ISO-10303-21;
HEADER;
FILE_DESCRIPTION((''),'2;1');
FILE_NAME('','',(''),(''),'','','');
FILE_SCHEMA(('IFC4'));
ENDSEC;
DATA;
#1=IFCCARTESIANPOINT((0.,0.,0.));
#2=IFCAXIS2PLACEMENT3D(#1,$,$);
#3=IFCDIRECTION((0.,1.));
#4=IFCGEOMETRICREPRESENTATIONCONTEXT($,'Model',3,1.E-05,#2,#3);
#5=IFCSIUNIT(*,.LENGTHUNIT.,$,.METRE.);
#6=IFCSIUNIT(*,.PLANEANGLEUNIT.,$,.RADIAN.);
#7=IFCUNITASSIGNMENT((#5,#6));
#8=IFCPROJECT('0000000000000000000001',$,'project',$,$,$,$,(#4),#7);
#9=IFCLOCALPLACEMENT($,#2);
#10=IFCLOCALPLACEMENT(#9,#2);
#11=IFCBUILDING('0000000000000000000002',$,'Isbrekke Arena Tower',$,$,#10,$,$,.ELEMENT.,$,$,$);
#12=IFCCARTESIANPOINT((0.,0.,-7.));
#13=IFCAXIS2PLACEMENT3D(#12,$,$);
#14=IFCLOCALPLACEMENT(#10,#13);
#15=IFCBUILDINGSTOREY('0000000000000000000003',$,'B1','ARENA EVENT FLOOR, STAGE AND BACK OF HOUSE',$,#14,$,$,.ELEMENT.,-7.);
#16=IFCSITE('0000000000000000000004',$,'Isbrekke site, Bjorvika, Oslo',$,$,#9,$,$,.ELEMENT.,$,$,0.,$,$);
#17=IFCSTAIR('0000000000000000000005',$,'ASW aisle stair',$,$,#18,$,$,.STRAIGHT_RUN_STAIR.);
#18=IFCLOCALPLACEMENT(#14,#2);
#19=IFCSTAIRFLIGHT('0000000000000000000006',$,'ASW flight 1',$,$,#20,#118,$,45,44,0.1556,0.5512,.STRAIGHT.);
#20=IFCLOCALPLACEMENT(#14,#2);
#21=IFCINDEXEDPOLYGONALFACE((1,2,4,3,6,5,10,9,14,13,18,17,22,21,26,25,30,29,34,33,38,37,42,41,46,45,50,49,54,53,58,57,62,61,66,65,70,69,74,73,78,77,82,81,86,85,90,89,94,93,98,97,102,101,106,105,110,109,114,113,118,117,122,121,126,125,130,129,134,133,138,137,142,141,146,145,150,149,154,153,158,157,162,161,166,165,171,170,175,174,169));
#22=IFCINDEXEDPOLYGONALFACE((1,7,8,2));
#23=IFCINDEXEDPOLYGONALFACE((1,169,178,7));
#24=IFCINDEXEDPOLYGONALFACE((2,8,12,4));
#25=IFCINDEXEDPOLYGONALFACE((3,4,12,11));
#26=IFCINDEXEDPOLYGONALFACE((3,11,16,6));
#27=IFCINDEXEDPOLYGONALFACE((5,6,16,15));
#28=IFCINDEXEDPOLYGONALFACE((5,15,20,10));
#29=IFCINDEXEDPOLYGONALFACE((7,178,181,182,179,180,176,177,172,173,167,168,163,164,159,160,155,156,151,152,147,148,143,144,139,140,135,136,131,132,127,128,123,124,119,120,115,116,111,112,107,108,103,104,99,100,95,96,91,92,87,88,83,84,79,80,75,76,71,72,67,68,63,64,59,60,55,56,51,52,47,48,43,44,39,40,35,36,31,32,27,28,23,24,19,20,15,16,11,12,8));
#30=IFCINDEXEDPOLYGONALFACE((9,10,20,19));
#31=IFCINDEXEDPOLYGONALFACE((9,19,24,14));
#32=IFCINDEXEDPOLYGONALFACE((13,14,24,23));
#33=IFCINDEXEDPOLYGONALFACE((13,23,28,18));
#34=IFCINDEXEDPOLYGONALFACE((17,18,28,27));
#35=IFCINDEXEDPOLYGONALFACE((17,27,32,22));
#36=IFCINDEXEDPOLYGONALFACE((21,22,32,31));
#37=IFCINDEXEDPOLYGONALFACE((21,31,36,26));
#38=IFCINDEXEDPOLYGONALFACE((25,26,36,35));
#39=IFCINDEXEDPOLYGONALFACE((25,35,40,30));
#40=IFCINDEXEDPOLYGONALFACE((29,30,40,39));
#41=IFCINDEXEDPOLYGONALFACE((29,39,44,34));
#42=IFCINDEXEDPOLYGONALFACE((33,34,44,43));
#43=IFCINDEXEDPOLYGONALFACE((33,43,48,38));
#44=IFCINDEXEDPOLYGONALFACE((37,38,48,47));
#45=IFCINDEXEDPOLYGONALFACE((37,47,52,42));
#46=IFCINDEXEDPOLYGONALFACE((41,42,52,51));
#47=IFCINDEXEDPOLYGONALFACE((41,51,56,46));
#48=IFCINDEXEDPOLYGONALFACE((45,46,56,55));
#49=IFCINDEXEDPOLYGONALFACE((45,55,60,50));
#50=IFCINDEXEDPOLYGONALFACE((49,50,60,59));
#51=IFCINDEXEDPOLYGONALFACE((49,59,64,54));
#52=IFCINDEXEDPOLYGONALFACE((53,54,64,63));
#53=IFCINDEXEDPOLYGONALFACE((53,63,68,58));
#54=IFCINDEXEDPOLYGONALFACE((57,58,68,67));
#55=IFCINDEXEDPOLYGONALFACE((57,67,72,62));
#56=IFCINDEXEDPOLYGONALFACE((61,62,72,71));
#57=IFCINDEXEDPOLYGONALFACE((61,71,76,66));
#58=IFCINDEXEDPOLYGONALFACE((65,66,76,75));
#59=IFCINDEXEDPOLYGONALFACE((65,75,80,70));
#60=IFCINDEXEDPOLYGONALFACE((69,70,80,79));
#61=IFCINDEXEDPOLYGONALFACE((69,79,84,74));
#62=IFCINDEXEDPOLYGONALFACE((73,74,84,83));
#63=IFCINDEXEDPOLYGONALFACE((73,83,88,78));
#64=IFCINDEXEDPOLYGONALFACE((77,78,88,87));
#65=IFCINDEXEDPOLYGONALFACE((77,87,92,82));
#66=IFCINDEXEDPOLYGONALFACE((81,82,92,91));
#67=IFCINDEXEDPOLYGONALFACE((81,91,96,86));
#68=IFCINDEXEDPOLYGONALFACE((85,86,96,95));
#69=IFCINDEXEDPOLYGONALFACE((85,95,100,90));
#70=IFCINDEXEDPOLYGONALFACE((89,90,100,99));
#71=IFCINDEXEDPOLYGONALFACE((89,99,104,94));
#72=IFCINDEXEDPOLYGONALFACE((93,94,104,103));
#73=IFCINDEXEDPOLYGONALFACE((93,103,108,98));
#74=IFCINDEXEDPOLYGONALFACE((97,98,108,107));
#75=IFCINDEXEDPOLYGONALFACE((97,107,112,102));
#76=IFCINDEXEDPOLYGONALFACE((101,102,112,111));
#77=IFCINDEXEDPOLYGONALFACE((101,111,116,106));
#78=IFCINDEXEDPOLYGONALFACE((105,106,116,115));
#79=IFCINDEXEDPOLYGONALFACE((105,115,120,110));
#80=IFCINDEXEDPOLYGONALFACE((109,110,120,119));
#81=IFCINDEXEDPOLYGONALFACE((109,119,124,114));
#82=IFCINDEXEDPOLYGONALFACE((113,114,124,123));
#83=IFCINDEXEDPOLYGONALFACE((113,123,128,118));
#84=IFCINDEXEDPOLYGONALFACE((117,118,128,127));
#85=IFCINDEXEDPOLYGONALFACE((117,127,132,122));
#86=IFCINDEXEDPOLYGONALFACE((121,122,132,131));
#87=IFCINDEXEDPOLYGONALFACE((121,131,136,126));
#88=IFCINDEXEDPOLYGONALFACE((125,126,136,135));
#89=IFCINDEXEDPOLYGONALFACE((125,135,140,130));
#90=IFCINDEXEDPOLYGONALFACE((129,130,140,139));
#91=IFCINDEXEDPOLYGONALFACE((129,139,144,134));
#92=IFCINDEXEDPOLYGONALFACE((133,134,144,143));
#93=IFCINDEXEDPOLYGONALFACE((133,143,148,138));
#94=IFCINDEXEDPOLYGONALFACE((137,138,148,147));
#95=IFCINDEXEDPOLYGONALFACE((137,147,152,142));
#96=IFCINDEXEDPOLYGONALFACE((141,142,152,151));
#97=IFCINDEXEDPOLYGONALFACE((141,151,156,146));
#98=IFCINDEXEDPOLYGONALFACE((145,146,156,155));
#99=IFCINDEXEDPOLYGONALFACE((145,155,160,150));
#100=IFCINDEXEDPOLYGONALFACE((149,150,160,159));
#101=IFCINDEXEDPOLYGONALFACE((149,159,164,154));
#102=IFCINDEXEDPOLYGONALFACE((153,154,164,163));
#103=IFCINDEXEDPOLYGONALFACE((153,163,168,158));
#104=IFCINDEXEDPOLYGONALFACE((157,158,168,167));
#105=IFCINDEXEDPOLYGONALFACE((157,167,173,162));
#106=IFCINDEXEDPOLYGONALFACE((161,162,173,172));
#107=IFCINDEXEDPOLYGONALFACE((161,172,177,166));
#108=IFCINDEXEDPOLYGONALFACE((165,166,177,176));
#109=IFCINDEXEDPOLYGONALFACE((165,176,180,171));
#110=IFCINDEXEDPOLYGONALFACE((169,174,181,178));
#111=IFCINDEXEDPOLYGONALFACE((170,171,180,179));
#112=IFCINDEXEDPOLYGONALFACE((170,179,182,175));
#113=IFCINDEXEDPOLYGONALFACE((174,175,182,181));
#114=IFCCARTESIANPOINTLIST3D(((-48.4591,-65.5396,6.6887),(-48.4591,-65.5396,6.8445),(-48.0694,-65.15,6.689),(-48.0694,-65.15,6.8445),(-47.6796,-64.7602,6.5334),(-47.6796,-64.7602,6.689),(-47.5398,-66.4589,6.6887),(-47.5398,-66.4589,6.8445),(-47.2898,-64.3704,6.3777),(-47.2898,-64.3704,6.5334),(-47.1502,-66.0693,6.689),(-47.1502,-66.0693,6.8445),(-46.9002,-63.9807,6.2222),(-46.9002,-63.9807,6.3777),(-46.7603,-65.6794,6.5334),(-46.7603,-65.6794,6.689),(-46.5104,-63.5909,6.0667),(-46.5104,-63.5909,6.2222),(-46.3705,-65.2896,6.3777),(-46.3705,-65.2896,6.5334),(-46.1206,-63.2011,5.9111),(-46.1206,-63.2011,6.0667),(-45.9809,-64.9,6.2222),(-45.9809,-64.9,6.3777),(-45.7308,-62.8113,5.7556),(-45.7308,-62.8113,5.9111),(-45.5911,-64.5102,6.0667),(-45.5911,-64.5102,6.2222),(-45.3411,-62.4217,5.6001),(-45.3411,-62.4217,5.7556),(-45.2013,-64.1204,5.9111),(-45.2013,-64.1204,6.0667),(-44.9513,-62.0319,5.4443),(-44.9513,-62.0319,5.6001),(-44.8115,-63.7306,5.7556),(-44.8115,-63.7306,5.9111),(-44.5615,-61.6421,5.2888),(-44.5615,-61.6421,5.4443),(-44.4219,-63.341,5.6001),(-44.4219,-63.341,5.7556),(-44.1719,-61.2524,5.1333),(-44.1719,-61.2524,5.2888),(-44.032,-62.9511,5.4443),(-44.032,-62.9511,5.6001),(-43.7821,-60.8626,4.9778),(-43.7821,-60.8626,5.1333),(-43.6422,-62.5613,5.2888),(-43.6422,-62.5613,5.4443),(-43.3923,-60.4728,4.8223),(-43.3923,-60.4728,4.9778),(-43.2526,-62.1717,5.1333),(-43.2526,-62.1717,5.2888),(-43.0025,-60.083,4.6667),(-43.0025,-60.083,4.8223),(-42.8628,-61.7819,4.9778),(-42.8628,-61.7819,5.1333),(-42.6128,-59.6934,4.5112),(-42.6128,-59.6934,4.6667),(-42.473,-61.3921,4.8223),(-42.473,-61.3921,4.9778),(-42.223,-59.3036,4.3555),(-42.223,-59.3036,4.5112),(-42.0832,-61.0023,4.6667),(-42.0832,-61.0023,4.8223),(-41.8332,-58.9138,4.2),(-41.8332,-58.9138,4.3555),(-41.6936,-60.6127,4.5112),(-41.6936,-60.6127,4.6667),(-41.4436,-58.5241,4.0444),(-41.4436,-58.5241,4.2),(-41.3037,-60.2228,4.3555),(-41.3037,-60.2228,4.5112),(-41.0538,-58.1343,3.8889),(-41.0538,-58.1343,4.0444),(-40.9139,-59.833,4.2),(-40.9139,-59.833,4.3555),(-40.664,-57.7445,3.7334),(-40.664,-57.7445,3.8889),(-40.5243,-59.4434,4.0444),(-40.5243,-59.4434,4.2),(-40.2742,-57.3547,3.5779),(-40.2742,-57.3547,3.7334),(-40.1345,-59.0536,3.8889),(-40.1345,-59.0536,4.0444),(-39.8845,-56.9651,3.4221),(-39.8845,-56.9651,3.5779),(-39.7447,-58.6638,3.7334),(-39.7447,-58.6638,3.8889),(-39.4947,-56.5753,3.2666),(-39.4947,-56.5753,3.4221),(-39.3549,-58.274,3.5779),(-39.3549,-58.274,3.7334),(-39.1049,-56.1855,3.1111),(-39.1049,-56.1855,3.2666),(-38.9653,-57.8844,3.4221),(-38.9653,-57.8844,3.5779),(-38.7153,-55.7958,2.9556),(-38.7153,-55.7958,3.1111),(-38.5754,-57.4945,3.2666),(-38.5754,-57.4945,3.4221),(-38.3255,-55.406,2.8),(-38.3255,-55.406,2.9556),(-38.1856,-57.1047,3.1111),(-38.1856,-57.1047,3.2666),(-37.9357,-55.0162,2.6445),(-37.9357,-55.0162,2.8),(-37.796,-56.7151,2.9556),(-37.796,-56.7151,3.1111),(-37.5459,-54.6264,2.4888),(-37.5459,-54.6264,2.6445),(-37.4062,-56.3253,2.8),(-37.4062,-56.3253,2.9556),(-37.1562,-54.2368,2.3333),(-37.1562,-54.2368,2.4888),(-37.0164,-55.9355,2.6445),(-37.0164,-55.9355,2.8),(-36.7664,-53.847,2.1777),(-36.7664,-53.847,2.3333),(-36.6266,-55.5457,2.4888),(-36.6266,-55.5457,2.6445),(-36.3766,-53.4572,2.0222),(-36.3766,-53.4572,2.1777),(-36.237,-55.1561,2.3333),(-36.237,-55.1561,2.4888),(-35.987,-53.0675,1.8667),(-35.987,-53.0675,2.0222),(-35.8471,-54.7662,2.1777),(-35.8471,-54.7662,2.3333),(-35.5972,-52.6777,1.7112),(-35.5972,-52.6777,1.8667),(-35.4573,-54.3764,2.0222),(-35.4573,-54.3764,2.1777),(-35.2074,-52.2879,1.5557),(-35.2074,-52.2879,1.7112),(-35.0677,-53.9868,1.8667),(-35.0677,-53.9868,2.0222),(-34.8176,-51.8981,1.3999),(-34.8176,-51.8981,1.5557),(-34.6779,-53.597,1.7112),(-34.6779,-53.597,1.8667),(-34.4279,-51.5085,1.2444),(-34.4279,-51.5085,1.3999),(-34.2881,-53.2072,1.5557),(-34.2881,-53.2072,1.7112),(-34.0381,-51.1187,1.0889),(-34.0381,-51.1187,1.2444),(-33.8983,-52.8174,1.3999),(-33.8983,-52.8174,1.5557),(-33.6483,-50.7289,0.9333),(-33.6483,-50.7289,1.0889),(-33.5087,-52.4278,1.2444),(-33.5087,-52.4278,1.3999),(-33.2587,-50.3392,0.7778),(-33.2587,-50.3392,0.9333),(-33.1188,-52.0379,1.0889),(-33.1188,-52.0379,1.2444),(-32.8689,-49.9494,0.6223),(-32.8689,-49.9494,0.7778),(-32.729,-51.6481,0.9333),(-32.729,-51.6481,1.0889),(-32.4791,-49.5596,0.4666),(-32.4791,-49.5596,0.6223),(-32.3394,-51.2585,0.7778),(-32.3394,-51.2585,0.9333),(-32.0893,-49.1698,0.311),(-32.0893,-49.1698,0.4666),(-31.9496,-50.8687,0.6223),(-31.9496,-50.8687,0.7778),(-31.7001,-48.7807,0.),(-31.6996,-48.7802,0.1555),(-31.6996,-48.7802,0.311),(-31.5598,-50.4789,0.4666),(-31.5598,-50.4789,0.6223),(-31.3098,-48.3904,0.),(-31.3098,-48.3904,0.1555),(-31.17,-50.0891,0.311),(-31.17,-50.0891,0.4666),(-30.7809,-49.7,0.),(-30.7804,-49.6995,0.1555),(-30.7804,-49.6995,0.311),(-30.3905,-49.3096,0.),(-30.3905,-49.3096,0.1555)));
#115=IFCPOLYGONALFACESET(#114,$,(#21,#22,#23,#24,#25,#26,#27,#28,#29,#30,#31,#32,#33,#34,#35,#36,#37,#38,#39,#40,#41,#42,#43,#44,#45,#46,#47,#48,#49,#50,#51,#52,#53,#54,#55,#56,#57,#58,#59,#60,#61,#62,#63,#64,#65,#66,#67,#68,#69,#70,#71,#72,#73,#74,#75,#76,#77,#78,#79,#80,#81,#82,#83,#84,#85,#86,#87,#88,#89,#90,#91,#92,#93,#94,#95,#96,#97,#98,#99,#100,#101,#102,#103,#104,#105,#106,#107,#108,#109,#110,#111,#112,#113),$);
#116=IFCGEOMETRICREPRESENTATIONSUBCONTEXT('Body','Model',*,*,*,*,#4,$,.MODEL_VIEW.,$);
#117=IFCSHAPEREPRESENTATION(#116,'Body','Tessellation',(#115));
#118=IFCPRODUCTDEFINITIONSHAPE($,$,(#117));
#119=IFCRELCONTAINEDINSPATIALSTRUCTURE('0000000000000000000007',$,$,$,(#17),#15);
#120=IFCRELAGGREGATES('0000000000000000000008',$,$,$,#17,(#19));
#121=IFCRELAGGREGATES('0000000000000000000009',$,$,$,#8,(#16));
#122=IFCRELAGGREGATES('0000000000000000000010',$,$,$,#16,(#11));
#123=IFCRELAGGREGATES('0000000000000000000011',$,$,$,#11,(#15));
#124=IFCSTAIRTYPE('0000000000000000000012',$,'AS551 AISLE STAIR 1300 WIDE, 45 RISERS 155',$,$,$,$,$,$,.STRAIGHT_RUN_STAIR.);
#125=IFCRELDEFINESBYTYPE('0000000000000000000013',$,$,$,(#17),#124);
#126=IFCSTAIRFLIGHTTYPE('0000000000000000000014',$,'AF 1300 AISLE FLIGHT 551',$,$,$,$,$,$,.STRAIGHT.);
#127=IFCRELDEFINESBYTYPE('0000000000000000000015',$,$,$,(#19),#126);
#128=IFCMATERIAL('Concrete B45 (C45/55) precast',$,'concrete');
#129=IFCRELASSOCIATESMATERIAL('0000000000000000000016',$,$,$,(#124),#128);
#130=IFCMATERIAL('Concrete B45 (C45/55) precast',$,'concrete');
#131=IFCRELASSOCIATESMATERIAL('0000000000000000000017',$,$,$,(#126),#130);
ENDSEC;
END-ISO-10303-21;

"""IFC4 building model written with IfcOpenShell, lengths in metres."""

from ifc_helpers import new_model, si_unit, direction, frame, origin, place, context, subcontext, project, spatial, polyline, outline, extrude, material, type_object, element, aggregate, save


model = new_model("IFC4")

# Units and contexts
model_context = context("Model", 3, precision=1e-05, world=origin(), true_north=direction((0.0, 1.0)))
body_context = subcontext(model_context, "Body", "Model", "MODEL_VIEW")
ifc_project = project(units=[si_unit("LENGTHUNIT", "METRE"), si_unit("PLANEANGLEUNIT", "RADIAN")], contexts=[model_context])

# Site, building, storey
site_placement = place(None, origin())
site = spatial("IfcSite", under=ifc_project, at=site_placement, Name="Isbrekke site, Bjorvika, Oslo", CompositionType="ELEMENT", RefElevation=0.0)
building_placement = place(site_placement, origin())
building = spatial("IfcBuilding", under=site, at=building_placement, Name="Isbrekke Arena Tower", CompositionType="ELEMENT")
storey_placement = place(building_placement, frame((0.0, 0.0, -7.0)))
storey = spatial("IfcBuildingStorey", under=building, at=storey_placement, Name="B1", Description="ARENA EVENT FLOOR, STAGE AND BACK OF HOUSE", CompositionType="ELEMENT", Elevation=-7.0)

# Stair, stair flight
ifc_material_1 = material(Name="Concrete B45 (C45/55) precast", Category="concrete")
stair_type_1 = type_object("IfcStairType", Name="AS551 AISLE STAIR 1300 WIDE, 45 RISERS 155", PredefinedType="STRAIGHT_RUN_STAIR", material=ifc_material_1)
stair_1_placement = place(storey_placement, origin())
stair_1 = element("IfcStair", 1, at=stair_1_placement, inside=storey, type_object=stair_type_1, Name="ASW aisle stair", PredefinedType="STRAIGHT_RUN_STAIR")
ifc_material_2 = material(Name="Concrete B45 (C45/55) precast", Category="concrete")
stair_flight_type_1 = type_object("IfcStairFlightType", Name="AF 1300 AISLE FLIGHT 551", PredefinedType="STRAIGHT", material=ifc_material_2)
stair_flight_1_placement = place(storey_placement, frame((-30.8501, -48.8501, 0.0), z_axis=(0.0, 0.0, 1.0), x_axis=(-0.707107, -0.707107, 0.0)))
stair_flight_1 = element("IfcStairFlight", 2, at=stair_flight_1_placement, type_object=stair_flight_type_1, Name="ASW flight 1", NumberOfRisers=45, NumberOfTreads=44, PredefinedType="STRAIGHT", RiserHeight=0.1556, TreadLength=0.5512, context=body_context, shape_type="SweptSolid", body=[
    extrude(outline(polyline([(0.0, 0.0), (0.0, 0.1555), (0.5513, 0.1555), (0.5513, 0.311), (1.1023, 0.311), (1.1023, 0.4666), (1.6536, 0.4666), (1.6536, 0.6223), (2.2048, 0.6223), (2.2048, 0.7778), (2.7561, 0.7778), (2.7561, 0.9333), (3.3071, 0.9333), (3.3071, 1.0889), (3.8584, 1.0889), (3.8584, 1.2444), (4.4097, 1.2444), (4.4097, 1.3999), (4.9607, 1.3999), (4.9607, 1.5557), (5.512, 1.5557), (5.512, 1.7112), (6.0632, 1.7112), (6.0632, 1.8667), (6.6145, 1.8667), (6.6145, 2.0222), (7.1655, 2.0222), (7.1655, 2.1777), (7.7168, 2.1777), (7.7168, 2.3333), (8.2681, 2.3333), (8.2681, 2.4888), (8.8191, 2.4888), (8.8191, 2.6445), (9.3704, 2.6445), (9.3704, 2.8), (9.9216, 2.8), (9.9216, 2.9556), (10.4729, 2.9556), (10.4729, 3.1111), (11.0239, 3.1111), (11.0239, 3.2666), (11.5752, 3.2666), (11.5752, 3.4221), (12.1265, 3.4221), (12.1265, 3.5779), (12.6775, 3.5779), (12.6775, 3.7334), (13.2288, 3.7334), (13.2288, 3.8889), (13.78, 3.8889), (13.78, 4.0444), (14.3313, 4.0444), (14.3313, 4.2), (14.8823, 4.2), (14.8823, 4.3555), (15.4336, 4.3555), (15.4336, 4.5112), (15.9849, 4.5112), (15.9849, 4.6667), (16.5359, 4.6667), (16.5359, 4.8223), (17.0872, 4.8223), (17.0872, 4.9778), (17.6384, 4.9778), (17.6384, 5.1333), (18.1897, 5.1333), (18.1897, 5.2888), (18.7407, 5.2888), (18.7407, 5.4443), (19.292, 5.4443), (19.292, 5.6001), (19.8433, 5.6001), (19.8433, 5.7556), (20.3943, 5.7556), (20.3943, 5.9111), (20.9456, 5.9111), (20.9456, 6.0667), (21.4968, 6.0667), (21.4968, 6.2222), (22.0481, 6.2222), (22.0481, 6.3777), (22.5991, 6.3777), (22.5991, 6.5334), (23.1504, 6.5334), (23.1504, 6.689), (23.7017, 6.689), (23.7017, 6.8445), (24.2527, 6.8445), (24.2527, 7.0), (24.2527, 6.6887), (0.552, 0.0), (0.0, 0.0)])), frame((0.0, 0.6499, 0.0), z_axis=(0.0, -1.0, 0.0), x_axis=(1.0, 0.0, 0.0)), (0.0, 0.0, 1.0), 1.3),
])
aggregate(stair_1, [stair_flight_1])

save(model, "model.ifc")
